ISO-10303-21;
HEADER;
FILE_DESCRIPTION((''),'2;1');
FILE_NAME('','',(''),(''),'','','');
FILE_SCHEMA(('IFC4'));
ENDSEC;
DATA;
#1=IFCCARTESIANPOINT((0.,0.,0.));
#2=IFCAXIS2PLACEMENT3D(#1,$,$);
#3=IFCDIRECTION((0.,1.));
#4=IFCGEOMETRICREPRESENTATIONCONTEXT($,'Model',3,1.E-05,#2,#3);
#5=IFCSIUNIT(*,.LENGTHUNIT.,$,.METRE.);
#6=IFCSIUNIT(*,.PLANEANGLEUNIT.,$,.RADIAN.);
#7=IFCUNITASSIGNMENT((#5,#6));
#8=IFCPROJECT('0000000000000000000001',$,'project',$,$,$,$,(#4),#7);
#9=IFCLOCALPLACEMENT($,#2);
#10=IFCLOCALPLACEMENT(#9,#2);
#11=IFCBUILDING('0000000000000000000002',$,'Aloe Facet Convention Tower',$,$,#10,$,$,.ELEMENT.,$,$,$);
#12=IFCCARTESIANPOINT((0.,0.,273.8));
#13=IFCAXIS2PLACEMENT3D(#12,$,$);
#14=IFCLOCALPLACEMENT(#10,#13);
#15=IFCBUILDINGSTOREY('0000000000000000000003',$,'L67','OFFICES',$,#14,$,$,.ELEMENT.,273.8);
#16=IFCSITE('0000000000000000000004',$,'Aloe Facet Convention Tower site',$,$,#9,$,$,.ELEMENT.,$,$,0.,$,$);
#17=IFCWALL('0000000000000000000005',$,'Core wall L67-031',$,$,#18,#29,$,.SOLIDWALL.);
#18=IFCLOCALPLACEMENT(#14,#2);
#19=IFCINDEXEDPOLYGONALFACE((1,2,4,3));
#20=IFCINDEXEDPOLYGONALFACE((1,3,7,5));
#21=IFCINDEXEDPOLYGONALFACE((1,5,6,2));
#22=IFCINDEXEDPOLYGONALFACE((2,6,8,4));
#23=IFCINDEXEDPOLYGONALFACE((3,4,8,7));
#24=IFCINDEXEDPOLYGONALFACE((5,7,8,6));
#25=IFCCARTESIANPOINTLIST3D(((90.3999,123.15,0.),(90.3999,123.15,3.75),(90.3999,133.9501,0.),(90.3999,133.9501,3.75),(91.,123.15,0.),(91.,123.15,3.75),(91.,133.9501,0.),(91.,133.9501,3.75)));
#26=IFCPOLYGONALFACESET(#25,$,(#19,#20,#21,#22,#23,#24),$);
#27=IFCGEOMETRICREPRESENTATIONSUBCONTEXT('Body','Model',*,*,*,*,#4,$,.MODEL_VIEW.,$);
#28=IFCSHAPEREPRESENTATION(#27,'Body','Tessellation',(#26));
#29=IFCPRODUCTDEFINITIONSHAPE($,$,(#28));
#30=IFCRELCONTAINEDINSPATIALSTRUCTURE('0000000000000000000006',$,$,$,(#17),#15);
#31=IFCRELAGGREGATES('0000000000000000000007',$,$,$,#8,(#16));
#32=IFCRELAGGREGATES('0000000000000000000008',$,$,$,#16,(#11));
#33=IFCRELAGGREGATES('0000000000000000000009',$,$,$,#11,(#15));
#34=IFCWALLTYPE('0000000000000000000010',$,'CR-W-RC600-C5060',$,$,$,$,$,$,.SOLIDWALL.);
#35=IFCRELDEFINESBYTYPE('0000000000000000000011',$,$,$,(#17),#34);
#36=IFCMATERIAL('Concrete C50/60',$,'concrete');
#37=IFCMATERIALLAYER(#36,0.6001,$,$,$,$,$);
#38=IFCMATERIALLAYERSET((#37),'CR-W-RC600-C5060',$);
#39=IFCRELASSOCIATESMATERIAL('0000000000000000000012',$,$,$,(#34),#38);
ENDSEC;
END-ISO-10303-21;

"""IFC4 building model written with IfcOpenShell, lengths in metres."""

from ifc_helpers import new_model, si_unit, direction, frame, frame_2d, origin, place, context, subcontext, project, spatial, rectangle, extrude, material, layer, layer_set, type_object, element, save


model = new_model("IFC4")

# Units and contexts
model_context = context("Model", 3, precision=1e-05, world=origin(), true_north=direction((0.0, 1.0)))
body_context = subcontext(model_context, "Body", "Model", "MODEL_VIEW")
ifc_project = project(units=[si_unit("LENGTHUNIT", "METRE"), si_unit("PLANEANGLEUNIT", "RADIAN")], contexts=[model_context])

# Site, building, storey
site_placement = place(None, origin())
site = spatial("IfcSite", under=ifc_project, at=site_placement, Name="Aloe Facet Convention Tower site", CompositionType="ELEMENT", RefElevation=0.0)
building_placement = place(site_placement, origin())
building = spatial("IfcBuilding", under=site, at=building_placement, Name="Aloe Facet Convention Tower", CompositionType="ELEMENT")
storey_placement = place(building_placement, frame((0.0, 0.0, 273.8)))
storey = spatial("IfcBuildingStorey", under=building, at=storey_placement, Name="L67", Description="OFFICES", CompositionType="ELEMENT", Elevation=273.8)

# Wall
ifc_material_1 = material(Name="Concrete C50/60", Category="concrete")
ifc_layer_1 = layer(ifc_material_1, 0.6001)
ifc_layer_set_1 = layer_set([ifc_layer_1], Name="CR-W-RC600-C5060")
wall_type_1 = type_object("IfcWallType", Name="CR-W-RC600-C5060", PredefinedType="SOLIDWALL", material=ifc_layer_set_1)
wall_1_placement = place(storey_placement, frame((90.7, 133.95, 0.0), z_axis=(0.0, 0.0, 1.0), x_axis=(0.0, -1.0, 0.0)))
element("IfcWall", 1, at=wall_1_placement, inside=storey, type_object=wall_type_1, Name="Core wall L67-031", PredefinedType="SOLIDWALL", context=body_context, shape_type="SweptSolid", body=[
    extrude(rectangle(XDim=10.8, YDim=0.6001, at=frame_2d((5.3999, 0.0))), origin(), (0.0, 0.0, 1.0), 3.75),
])

save(model, "model.ifc")
